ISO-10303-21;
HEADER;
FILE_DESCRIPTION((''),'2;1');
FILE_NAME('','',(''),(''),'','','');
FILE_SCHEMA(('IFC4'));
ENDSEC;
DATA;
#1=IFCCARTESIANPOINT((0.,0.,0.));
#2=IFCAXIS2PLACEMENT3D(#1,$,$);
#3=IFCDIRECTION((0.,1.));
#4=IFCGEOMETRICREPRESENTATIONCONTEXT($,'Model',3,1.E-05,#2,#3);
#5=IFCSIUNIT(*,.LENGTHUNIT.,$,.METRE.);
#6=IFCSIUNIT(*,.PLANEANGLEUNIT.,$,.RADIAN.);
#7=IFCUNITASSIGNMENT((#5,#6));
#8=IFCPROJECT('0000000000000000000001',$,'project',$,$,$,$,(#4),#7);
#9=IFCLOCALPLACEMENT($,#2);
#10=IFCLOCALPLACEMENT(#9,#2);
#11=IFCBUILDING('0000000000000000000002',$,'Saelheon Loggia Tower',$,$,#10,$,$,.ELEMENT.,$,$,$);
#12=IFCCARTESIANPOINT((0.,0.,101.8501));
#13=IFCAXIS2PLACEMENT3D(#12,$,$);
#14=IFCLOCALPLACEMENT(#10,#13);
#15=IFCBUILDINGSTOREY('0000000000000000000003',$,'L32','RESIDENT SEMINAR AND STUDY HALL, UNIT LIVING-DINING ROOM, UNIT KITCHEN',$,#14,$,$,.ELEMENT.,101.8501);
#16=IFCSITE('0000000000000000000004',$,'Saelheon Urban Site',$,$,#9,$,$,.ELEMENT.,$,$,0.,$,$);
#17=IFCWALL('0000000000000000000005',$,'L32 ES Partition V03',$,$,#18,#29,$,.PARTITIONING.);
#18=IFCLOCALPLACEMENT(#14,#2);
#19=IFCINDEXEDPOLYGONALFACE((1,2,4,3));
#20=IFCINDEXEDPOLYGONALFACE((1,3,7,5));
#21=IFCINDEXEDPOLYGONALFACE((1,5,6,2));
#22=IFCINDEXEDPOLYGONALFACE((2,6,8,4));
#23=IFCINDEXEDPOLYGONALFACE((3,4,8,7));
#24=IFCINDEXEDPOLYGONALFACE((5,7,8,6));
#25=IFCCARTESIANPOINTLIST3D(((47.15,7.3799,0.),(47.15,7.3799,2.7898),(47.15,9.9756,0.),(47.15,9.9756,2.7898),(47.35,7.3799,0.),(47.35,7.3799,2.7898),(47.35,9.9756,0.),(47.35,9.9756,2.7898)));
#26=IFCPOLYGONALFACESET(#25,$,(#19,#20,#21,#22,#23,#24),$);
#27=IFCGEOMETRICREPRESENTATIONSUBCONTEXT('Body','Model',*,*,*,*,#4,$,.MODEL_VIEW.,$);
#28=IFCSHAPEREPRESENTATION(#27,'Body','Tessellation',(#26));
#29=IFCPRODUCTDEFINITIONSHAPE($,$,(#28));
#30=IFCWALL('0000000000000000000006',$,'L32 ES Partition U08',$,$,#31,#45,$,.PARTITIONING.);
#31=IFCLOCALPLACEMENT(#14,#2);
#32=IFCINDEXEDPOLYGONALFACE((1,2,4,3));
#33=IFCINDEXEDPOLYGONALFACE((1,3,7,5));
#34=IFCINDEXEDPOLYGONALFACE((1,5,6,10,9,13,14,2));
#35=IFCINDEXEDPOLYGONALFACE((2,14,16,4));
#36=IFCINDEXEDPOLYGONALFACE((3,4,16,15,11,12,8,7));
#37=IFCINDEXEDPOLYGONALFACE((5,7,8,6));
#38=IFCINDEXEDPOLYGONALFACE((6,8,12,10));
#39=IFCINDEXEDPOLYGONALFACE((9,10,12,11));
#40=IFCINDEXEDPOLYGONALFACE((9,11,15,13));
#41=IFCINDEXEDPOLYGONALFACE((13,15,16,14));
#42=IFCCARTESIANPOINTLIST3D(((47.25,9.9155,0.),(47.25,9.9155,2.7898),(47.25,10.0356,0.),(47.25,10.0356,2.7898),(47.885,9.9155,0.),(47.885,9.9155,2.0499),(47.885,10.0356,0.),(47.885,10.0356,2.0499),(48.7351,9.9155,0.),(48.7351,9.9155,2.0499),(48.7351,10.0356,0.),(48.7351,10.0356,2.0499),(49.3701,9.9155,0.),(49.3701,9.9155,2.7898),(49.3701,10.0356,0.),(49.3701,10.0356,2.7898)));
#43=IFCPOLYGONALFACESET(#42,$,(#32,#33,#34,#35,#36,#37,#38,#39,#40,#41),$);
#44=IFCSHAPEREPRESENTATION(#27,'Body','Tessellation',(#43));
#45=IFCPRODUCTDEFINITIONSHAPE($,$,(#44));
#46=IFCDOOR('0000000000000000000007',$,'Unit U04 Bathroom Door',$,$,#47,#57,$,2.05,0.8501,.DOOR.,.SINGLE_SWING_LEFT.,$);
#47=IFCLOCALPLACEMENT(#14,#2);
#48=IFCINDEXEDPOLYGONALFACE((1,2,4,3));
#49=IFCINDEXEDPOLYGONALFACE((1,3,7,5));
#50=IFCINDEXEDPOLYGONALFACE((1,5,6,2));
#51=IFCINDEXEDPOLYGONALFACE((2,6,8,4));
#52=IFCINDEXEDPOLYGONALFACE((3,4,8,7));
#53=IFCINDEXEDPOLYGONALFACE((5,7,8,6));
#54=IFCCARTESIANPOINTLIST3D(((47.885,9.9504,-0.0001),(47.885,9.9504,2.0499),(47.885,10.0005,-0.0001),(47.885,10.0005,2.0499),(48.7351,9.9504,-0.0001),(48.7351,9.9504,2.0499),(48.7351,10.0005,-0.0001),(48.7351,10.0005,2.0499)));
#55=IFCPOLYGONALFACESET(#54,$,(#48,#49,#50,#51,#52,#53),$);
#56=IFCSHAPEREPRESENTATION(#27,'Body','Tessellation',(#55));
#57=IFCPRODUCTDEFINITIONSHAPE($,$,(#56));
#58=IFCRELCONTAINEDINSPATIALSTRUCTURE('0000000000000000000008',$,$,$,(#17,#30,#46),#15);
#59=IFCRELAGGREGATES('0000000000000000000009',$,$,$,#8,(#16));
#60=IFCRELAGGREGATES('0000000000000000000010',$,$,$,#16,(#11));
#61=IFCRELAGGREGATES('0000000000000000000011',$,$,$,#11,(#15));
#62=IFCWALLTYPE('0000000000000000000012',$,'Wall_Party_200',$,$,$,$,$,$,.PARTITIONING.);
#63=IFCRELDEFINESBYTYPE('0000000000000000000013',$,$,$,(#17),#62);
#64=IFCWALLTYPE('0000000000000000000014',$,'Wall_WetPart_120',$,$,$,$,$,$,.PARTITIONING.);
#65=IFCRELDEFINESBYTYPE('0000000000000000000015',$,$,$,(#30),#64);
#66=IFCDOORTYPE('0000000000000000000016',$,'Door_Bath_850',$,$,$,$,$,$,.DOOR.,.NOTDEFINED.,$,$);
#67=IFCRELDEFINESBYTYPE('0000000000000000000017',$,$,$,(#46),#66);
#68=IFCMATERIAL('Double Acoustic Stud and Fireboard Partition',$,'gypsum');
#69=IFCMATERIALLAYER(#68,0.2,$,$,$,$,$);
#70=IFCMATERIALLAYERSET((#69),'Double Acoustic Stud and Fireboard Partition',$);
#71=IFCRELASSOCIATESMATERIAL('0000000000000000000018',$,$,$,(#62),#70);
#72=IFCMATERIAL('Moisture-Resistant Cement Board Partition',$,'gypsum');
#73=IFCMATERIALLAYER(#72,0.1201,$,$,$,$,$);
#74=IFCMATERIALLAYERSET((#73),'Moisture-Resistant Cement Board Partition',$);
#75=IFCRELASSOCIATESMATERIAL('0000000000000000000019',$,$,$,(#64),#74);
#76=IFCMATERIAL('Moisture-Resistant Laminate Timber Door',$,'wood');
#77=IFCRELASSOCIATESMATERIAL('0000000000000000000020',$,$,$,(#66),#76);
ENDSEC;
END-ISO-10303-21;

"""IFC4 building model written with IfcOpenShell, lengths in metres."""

from ifc_helpers import new_model, si_unit, direction, frame, frame_2d, origin, place, context, subcontext, project, spatial, rectangle, extrude, source, transform, mapped, material, layer, layer_set, type_object, element, fill, save


model = new_model("IFC4")

# Units and contexts
model_context = context("Model", 3, precision=1e-05, world=origin(), true_north=direction((0.0, 1.0)))
body_context = subcontext(model_context, "Body", "Model", "MODEL_VIEW")
ifc_project = project(units=[si_unit("LENGTHUNIT", "METRE"), si_unit("PLANEANGLEUNIT", "RADIAN")], contexts=[model_context])

# Site, building, storey
site_placement = place(None, origin())
site = spatial("IfcSite", under=ifc_project, at=site_placement, Name="Saelheon Urban Site", CompositionType="ELEMENT", RefElevation=0.0)
building_placement = place(site_placement, origin())
building = spatial("IfcBuilding", under=site, at=building_placement, Name="Saelheon Loggia Tower", CompositionType="ELEMENT")
storey_placement = place(building_placement, frame((0.0, 0.0, 101.8501)))
storey = spatial("IfcBuildingStorey", under=building, at=storey_placement, Name="L32", Description="RESIDENT SEMINAR AND STUDY HALL, UNIT LIVING-DINING ROOM, UNIT KITCHEN", CompositionType="ELEMENT", Elevation=101.8501)

# Wall
ifc_material_1 = material(Name="Double Acoustic Stud and Fireboard Partition", Category="gypsum")
ifc_layer_1 = layer(ifc_material_1, 0.2)
ifc_layer_set_1 = layer_set([ifc_layer_1], Name="Double Acoustic Stud and Fireboard Partition")
wall_type_1 = type_object("IfcWallType", Name="Wall_Party_200", PredefinedType="PARTITIONING", material=ifc_layer_set_1)
wall_1_placement = place(storey_placement, frame((47.25, 7.3799, 0.0), z_axis=(0.0, 0.0, 1.0), x_axis=(0.0, 1.0, 0.0)))
element("IfcWall", 1, at=wall_1_placement, inside=storey, type_object=wall_type_1, Name="L32 ES Partition V03", PredefinedType="PARTITIONING", context=body_context, shape_type="SweptSolid", body=[
    extrude(rectangle(XDim=2.5957, YDim=0.2, at=frame_2d((1.2979, 0.0))), origin(), (0.0, 0.0, 1.0), 2.7898),
])

# Wall, opening, door
ifc_material_2 = material(Name="Moisture-Resistant Cement Board Partition", Category="gypsum")
ifc_layer_2 = layer(ifc_material_2, 0.1201)
ifc_layer_set_2 = layer_set([ifc_layer_2], Name="Moisture-Resistant Cement Board Partition")
wall_type_2 = type_object("IfcWallType", Name="Wall_WetPart_120", PredefinedType="PARTITIONING", material=ifc_layer_set_2)
wall_2_placement = place(storey_placement, frame((47.25, 9.9756, 0.0), z_axis=(0.0, 0.0, 1.0), x_axis=(1.0, 0.0, 0.0)))
wall_2 = element("IfcWall", 2, at=wall_2_placement, inside=storey, type_object=wall_type_2, Name="L32 ES Partition U08", PredefinedType="PARTITIONING", context=body_context, shape_type="SweptSolid", body=[
    extrude(rectangle(XDim=2.1201, YDim=0.1201, at=frame_2d((1.0601, 0.0))), origin(), (0.0, 0.0, 1.0), 2.7898),
])
opening_1_placement = place(wall_2_placement, frame((0.635, 0.0, 0.0)))
opening_1 = element("IfcOpeningElement", 3, at=opening_1_placement, cuts=wall_2, PredefinedType="OPENING", context=body_context, shape_type="SweptSolid", body=[
    extrude(rectangle(XDim=0.8501, YDim=2.05, at=frame_2d((0.425, 1.0249))), frame((0.0, 0.072, 0.0), z_axis=(0.0, -1.0, 0.0), x_axis=(1.0, 0.0, 0.0)), (0.0, 0.0, 1.0), 0.144),
])
ifc_material_3 = material(Name="Moisture-Resistant Laminate Timber Door", Category="wood")
door_type_1 = type_object("IfcDoorType", Name="Door_Bath_850", OperationType="NOTDEFINED", PredefinedType="DOOR", material=ifc_material_3)
shared_shape_1 = source(origin(), body_context, "Body", "SweptSolid", [
    extrude(rectangle(XDim=0.8501, YDim=2.05, at=frame_2d((0.425, 1.0249))), frame((0.0, 0.0249, 0.0), z_axis=(0.0, -1.0, 0.0), x_axis=(1.0, 0.0, 0.0)), (0.0, 0.0, 1.0), 0.05),
])
door_1_placement = place(opening_1_placement, origin())
door_1 = element("IfcDoor", 4, at=door_1_placement, inside=storey, type_object=door_type_1, Name="Unit U04 Bathroom Door", OperationType="SINGLE_SWING_LEFT", OverallHeight=2.05, OverallWidth=0.8501, PredefinedType="DOOR", context=body_context, shape_type="MappedRepresentation", body=[
    mapped(shared_shape_1, transform((0.0, 0.0, 0.0), scale=1.0)),
])
fill(opening_1, door_1)

save(model, "model.ifc")
